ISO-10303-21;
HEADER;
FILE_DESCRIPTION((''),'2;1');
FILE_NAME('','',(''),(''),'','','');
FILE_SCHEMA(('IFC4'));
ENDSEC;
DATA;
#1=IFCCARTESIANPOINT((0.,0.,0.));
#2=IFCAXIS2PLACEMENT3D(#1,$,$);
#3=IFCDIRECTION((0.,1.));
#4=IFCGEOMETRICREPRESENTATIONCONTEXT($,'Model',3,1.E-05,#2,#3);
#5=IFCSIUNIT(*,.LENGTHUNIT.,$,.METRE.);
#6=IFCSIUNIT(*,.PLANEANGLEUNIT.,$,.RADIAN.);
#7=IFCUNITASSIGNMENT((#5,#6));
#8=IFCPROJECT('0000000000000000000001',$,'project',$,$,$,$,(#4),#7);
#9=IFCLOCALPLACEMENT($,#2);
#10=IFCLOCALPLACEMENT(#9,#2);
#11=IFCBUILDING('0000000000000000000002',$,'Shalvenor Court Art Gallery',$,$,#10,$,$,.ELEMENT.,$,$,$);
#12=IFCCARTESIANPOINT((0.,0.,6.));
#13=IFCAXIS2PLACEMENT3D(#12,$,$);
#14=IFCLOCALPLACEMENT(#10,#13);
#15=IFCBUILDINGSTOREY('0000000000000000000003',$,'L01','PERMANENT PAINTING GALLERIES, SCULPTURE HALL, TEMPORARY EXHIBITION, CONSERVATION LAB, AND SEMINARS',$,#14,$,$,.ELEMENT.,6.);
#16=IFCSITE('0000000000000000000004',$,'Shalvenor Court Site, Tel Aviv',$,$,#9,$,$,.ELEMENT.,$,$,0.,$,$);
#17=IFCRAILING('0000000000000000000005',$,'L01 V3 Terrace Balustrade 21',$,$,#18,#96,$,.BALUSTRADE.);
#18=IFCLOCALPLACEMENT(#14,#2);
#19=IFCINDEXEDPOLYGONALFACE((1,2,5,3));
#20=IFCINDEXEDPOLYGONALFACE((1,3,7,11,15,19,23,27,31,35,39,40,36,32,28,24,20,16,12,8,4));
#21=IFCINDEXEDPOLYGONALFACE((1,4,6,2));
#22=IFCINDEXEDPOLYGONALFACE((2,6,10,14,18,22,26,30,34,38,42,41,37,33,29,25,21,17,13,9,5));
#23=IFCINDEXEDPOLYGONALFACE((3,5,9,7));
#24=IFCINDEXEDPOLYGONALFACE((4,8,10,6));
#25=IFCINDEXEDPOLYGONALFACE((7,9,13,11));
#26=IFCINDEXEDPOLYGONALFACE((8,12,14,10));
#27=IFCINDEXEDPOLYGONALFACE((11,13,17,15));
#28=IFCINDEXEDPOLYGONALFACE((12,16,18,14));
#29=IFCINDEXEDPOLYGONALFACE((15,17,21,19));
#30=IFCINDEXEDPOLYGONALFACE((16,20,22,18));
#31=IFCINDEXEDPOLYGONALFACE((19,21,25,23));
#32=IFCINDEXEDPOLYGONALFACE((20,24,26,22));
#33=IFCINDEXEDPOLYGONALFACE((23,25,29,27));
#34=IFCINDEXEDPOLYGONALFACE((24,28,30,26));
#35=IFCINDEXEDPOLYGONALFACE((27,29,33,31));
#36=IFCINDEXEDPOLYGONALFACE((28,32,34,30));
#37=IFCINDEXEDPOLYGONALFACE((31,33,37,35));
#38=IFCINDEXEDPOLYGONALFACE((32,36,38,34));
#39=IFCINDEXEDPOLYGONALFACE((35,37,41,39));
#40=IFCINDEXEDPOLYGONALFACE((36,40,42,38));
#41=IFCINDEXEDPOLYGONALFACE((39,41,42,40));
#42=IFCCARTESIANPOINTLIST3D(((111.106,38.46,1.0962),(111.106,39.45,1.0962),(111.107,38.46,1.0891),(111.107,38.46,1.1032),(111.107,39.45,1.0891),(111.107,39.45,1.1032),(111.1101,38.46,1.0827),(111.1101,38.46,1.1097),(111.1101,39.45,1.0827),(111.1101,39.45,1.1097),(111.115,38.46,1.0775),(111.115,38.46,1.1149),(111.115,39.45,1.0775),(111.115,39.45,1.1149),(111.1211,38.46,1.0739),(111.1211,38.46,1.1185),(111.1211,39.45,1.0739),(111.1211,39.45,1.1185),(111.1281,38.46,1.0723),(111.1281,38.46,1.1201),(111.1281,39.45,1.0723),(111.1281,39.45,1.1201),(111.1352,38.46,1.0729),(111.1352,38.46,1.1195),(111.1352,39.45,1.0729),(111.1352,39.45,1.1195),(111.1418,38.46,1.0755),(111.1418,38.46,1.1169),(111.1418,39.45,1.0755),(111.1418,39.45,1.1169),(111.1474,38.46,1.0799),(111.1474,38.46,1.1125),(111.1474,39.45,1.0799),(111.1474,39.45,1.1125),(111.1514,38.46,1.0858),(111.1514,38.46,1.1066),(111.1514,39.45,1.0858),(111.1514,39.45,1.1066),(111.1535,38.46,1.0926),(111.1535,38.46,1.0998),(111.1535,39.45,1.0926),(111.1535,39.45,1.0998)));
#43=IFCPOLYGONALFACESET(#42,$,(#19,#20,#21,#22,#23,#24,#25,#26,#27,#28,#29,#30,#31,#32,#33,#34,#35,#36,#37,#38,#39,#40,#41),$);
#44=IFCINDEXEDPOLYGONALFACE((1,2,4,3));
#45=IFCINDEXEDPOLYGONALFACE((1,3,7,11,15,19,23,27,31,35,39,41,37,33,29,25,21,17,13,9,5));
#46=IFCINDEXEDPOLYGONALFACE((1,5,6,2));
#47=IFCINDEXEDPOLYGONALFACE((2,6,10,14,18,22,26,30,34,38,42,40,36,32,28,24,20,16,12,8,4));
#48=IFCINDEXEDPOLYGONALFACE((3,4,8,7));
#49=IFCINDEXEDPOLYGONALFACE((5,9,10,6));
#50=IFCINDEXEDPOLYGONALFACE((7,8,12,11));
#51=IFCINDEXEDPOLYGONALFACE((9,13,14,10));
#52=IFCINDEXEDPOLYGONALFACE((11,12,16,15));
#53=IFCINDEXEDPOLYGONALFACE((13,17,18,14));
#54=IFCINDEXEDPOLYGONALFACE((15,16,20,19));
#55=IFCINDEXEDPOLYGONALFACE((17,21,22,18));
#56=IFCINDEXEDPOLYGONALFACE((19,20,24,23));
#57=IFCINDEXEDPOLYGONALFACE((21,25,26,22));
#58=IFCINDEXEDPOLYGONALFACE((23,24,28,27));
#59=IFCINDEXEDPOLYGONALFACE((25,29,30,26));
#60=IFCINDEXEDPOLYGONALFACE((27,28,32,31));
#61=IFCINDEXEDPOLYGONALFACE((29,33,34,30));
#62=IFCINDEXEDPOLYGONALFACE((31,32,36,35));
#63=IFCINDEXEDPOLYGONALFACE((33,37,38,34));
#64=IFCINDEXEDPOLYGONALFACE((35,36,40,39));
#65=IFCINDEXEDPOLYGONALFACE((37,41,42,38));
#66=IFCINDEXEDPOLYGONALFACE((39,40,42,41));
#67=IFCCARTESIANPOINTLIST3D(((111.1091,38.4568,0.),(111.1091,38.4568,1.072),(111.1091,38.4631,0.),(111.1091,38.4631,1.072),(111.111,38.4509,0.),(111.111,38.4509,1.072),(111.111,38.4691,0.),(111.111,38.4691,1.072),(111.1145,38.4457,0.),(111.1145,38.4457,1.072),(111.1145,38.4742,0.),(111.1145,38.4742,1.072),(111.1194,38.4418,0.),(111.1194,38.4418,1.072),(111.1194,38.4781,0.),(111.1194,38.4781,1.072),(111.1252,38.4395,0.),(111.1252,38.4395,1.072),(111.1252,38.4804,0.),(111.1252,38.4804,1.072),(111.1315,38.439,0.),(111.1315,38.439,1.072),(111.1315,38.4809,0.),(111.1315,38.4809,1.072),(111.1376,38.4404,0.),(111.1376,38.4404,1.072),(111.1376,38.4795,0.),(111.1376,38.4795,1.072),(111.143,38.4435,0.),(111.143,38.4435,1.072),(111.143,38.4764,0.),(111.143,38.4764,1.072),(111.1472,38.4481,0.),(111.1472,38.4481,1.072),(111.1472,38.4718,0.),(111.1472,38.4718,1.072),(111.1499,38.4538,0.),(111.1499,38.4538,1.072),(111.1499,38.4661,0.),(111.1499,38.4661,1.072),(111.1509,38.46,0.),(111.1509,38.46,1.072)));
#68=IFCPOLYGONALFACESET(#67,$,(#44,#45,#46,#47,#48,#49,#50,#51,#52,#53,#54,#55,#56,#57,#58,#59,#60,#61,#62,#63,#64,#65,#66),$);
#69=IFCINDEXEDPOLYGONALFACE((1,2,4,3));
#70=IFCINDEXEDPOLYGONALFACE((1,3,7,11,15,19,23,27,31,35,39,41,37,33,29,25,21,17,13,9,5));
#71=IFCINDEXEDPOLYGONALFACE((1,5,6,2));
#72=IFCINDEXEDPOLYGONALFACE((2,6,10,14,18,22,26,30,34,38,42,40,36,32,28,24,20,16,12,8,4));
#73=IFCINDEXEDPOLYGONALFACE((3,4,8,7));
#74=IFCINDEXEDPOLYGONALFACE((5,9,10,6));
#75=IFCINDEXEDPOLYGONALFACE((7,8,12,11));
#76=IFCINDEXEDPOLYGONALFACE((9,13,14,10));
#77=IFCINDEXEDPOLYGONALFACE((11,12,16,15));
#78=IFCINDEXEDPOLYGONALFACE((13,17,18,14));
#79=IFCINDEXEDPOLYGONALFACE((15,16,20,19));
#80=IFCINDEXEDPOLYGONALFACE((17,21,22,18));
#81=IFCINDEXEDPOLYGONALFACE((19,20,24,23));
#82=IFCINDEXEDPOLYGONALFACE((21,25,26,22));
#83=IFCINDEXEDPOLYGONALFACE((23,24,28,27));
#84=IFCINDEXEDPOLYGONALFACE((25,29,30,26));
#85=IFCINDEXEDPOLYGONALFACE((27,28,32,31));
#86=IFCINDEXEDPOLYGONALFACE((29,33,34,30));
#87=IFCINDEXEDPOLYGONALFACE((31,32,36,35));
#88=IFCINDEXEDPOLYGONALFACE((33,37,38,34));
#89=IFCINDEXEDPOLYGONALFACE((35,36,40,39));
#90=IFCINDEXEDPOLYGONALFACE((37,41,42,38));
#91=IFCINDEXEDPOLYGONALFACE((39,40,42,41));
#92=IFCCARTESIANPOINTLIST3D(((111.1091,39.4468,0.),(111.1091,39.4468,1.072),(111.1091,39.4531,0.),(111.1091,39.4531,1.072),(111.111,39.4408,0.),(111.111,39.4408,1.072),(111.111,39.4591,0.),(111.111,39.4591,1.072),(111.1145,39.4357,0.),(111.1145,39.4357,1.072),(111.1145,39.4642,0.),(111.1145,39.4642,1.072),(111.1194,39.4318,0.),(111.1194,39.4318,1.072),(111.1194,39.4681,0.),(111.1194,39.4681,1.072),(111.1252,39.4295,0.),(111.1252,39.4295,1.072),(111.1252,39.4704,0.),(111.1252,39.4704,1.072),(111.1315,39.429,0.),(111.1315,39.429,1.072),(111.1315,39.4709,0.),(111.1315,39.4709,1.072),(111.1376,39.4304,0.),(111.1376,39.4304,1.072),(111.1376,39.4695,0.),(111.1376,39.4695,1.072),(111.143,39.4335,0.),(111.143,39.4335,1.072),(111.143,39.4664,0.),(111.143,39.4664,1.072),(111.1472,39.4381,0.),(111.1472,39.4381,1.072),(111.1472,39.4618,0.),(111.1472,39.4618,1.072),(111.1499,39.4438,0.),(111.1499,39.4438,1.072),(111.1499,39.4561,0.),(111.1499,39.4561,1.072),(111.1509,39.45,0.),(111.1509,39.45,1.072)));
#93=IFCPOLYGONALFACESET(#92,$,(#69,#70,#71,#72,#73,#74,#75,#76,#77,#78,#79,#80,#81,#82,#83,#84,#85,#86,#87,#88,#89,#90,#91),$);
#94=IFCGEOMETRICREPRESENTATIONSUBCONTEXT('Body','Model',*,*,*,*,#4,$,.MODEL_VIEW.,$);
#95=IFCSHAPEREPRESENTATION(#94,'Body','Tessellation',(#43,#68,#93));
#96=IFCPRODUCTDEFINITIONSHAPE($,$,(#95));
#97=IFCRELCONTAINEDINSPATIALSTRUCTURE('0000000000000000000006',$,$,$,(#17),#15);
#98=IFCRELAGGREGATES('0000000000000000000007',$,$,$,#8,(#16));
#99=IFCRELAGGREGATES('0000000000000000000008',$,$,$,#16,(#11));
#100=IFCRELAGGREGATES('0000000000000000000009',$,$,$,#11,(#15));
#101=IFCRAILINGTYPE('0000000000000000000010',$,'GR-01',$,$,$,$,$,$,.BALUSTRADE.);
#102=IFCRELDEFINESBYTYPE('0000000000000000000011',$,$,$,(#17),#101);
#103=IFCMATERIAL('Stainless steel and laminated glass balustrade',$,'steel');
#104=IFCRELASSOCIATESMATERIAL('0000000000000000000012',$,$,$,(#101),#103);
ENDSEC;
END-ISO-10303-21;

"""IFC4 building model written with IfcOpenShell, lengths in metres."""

from ifc_helpers import new_model, si_unit, direction, frame, origin, origin_2d, place, context, subcontext, project, spatial, circle, extrude, material, type_object, element, save


model = new_model("IFC4")

# Units and contexts
model_context = context("Model", 3, precision=1e-05, world=origin(), true_north=direction((0.0, 1.0)))
body_context = subcontext(model_context, "Body", "Model", "MODEL_VIEW")
ifc_project = project(units=[si_unit("LENGTHUNIT", "METRE"), si_unit("PLANEANGLEUNIT", "RADIAN")], contexts=[model_context])

# Site, building, storey
site_placement = place(None, origin())
site = spatial("IfcSite", under=ifc_project, at=site_placement, Name="Shalvenor Court Site, Tel Aviv", CompositionType="ELEMENT", RefElevation=0.0)
building_placement = place(site_placement, origin())
building = spatial("IfcBuilding", under=site, at=building_placement, Name="Shalvenor Court Art Gallery", CompositionType="ELEMENT")
storey_placement = place(building_placement, frame((0.0, 0.0, 6.0)))
storey = spatial("IfcBuildingStorey", under=building, at=storey_placement, Name="L01", Description="PERMANENT PAINTING GALLERIES, SCULPTURE HALL, TEMPORARY EXHIBITION, CONSERVATION LAB, AND SEMINARS", CompositionType="ELEMENT", Elevation=6.0)

# Railing
ifc_material_1 = material(Name="Stainless steel and laminated glass balustrade", Category="steel")
railing_type = type_object("IfcRailingType", Name="GR-01", PredefinedType="BALUSTRADE", material=ifc_material_1)
railing_1_placement = place(storey_placement, frame((111.1299, 38.46, 0.0)))
element("IfcRailing", 1, at=railing_1_placement, inside=storey, type_object=railing_type, Name="L01 V3 Terrace Balustrade 21", PredefinedType="BALUSTRADE", context=body_context, shape_type="SweptSolid", body=[
    extrude(circle(Radius=0.0239, at=origin_2d()), frame((0.0, 0.0, 1.0962), z_axis=(0.0, 1.0, 0.0), x_axis=(-1.0, 0.0, 0.0)), (0.0, 0.0, 1.0), 0.99),
    extrude(circle(Radius=0.021, at=origin_2d()), origin(), (0.0, 0.0, 1.0), 1.072),
    extrude(circle(Radius=0.021, at=origin_2d()), frame((0.0, 0.99, 0.0)), (0.0, 0.0, 1.0), 1.072),
])

save(model, "model.ifc")
